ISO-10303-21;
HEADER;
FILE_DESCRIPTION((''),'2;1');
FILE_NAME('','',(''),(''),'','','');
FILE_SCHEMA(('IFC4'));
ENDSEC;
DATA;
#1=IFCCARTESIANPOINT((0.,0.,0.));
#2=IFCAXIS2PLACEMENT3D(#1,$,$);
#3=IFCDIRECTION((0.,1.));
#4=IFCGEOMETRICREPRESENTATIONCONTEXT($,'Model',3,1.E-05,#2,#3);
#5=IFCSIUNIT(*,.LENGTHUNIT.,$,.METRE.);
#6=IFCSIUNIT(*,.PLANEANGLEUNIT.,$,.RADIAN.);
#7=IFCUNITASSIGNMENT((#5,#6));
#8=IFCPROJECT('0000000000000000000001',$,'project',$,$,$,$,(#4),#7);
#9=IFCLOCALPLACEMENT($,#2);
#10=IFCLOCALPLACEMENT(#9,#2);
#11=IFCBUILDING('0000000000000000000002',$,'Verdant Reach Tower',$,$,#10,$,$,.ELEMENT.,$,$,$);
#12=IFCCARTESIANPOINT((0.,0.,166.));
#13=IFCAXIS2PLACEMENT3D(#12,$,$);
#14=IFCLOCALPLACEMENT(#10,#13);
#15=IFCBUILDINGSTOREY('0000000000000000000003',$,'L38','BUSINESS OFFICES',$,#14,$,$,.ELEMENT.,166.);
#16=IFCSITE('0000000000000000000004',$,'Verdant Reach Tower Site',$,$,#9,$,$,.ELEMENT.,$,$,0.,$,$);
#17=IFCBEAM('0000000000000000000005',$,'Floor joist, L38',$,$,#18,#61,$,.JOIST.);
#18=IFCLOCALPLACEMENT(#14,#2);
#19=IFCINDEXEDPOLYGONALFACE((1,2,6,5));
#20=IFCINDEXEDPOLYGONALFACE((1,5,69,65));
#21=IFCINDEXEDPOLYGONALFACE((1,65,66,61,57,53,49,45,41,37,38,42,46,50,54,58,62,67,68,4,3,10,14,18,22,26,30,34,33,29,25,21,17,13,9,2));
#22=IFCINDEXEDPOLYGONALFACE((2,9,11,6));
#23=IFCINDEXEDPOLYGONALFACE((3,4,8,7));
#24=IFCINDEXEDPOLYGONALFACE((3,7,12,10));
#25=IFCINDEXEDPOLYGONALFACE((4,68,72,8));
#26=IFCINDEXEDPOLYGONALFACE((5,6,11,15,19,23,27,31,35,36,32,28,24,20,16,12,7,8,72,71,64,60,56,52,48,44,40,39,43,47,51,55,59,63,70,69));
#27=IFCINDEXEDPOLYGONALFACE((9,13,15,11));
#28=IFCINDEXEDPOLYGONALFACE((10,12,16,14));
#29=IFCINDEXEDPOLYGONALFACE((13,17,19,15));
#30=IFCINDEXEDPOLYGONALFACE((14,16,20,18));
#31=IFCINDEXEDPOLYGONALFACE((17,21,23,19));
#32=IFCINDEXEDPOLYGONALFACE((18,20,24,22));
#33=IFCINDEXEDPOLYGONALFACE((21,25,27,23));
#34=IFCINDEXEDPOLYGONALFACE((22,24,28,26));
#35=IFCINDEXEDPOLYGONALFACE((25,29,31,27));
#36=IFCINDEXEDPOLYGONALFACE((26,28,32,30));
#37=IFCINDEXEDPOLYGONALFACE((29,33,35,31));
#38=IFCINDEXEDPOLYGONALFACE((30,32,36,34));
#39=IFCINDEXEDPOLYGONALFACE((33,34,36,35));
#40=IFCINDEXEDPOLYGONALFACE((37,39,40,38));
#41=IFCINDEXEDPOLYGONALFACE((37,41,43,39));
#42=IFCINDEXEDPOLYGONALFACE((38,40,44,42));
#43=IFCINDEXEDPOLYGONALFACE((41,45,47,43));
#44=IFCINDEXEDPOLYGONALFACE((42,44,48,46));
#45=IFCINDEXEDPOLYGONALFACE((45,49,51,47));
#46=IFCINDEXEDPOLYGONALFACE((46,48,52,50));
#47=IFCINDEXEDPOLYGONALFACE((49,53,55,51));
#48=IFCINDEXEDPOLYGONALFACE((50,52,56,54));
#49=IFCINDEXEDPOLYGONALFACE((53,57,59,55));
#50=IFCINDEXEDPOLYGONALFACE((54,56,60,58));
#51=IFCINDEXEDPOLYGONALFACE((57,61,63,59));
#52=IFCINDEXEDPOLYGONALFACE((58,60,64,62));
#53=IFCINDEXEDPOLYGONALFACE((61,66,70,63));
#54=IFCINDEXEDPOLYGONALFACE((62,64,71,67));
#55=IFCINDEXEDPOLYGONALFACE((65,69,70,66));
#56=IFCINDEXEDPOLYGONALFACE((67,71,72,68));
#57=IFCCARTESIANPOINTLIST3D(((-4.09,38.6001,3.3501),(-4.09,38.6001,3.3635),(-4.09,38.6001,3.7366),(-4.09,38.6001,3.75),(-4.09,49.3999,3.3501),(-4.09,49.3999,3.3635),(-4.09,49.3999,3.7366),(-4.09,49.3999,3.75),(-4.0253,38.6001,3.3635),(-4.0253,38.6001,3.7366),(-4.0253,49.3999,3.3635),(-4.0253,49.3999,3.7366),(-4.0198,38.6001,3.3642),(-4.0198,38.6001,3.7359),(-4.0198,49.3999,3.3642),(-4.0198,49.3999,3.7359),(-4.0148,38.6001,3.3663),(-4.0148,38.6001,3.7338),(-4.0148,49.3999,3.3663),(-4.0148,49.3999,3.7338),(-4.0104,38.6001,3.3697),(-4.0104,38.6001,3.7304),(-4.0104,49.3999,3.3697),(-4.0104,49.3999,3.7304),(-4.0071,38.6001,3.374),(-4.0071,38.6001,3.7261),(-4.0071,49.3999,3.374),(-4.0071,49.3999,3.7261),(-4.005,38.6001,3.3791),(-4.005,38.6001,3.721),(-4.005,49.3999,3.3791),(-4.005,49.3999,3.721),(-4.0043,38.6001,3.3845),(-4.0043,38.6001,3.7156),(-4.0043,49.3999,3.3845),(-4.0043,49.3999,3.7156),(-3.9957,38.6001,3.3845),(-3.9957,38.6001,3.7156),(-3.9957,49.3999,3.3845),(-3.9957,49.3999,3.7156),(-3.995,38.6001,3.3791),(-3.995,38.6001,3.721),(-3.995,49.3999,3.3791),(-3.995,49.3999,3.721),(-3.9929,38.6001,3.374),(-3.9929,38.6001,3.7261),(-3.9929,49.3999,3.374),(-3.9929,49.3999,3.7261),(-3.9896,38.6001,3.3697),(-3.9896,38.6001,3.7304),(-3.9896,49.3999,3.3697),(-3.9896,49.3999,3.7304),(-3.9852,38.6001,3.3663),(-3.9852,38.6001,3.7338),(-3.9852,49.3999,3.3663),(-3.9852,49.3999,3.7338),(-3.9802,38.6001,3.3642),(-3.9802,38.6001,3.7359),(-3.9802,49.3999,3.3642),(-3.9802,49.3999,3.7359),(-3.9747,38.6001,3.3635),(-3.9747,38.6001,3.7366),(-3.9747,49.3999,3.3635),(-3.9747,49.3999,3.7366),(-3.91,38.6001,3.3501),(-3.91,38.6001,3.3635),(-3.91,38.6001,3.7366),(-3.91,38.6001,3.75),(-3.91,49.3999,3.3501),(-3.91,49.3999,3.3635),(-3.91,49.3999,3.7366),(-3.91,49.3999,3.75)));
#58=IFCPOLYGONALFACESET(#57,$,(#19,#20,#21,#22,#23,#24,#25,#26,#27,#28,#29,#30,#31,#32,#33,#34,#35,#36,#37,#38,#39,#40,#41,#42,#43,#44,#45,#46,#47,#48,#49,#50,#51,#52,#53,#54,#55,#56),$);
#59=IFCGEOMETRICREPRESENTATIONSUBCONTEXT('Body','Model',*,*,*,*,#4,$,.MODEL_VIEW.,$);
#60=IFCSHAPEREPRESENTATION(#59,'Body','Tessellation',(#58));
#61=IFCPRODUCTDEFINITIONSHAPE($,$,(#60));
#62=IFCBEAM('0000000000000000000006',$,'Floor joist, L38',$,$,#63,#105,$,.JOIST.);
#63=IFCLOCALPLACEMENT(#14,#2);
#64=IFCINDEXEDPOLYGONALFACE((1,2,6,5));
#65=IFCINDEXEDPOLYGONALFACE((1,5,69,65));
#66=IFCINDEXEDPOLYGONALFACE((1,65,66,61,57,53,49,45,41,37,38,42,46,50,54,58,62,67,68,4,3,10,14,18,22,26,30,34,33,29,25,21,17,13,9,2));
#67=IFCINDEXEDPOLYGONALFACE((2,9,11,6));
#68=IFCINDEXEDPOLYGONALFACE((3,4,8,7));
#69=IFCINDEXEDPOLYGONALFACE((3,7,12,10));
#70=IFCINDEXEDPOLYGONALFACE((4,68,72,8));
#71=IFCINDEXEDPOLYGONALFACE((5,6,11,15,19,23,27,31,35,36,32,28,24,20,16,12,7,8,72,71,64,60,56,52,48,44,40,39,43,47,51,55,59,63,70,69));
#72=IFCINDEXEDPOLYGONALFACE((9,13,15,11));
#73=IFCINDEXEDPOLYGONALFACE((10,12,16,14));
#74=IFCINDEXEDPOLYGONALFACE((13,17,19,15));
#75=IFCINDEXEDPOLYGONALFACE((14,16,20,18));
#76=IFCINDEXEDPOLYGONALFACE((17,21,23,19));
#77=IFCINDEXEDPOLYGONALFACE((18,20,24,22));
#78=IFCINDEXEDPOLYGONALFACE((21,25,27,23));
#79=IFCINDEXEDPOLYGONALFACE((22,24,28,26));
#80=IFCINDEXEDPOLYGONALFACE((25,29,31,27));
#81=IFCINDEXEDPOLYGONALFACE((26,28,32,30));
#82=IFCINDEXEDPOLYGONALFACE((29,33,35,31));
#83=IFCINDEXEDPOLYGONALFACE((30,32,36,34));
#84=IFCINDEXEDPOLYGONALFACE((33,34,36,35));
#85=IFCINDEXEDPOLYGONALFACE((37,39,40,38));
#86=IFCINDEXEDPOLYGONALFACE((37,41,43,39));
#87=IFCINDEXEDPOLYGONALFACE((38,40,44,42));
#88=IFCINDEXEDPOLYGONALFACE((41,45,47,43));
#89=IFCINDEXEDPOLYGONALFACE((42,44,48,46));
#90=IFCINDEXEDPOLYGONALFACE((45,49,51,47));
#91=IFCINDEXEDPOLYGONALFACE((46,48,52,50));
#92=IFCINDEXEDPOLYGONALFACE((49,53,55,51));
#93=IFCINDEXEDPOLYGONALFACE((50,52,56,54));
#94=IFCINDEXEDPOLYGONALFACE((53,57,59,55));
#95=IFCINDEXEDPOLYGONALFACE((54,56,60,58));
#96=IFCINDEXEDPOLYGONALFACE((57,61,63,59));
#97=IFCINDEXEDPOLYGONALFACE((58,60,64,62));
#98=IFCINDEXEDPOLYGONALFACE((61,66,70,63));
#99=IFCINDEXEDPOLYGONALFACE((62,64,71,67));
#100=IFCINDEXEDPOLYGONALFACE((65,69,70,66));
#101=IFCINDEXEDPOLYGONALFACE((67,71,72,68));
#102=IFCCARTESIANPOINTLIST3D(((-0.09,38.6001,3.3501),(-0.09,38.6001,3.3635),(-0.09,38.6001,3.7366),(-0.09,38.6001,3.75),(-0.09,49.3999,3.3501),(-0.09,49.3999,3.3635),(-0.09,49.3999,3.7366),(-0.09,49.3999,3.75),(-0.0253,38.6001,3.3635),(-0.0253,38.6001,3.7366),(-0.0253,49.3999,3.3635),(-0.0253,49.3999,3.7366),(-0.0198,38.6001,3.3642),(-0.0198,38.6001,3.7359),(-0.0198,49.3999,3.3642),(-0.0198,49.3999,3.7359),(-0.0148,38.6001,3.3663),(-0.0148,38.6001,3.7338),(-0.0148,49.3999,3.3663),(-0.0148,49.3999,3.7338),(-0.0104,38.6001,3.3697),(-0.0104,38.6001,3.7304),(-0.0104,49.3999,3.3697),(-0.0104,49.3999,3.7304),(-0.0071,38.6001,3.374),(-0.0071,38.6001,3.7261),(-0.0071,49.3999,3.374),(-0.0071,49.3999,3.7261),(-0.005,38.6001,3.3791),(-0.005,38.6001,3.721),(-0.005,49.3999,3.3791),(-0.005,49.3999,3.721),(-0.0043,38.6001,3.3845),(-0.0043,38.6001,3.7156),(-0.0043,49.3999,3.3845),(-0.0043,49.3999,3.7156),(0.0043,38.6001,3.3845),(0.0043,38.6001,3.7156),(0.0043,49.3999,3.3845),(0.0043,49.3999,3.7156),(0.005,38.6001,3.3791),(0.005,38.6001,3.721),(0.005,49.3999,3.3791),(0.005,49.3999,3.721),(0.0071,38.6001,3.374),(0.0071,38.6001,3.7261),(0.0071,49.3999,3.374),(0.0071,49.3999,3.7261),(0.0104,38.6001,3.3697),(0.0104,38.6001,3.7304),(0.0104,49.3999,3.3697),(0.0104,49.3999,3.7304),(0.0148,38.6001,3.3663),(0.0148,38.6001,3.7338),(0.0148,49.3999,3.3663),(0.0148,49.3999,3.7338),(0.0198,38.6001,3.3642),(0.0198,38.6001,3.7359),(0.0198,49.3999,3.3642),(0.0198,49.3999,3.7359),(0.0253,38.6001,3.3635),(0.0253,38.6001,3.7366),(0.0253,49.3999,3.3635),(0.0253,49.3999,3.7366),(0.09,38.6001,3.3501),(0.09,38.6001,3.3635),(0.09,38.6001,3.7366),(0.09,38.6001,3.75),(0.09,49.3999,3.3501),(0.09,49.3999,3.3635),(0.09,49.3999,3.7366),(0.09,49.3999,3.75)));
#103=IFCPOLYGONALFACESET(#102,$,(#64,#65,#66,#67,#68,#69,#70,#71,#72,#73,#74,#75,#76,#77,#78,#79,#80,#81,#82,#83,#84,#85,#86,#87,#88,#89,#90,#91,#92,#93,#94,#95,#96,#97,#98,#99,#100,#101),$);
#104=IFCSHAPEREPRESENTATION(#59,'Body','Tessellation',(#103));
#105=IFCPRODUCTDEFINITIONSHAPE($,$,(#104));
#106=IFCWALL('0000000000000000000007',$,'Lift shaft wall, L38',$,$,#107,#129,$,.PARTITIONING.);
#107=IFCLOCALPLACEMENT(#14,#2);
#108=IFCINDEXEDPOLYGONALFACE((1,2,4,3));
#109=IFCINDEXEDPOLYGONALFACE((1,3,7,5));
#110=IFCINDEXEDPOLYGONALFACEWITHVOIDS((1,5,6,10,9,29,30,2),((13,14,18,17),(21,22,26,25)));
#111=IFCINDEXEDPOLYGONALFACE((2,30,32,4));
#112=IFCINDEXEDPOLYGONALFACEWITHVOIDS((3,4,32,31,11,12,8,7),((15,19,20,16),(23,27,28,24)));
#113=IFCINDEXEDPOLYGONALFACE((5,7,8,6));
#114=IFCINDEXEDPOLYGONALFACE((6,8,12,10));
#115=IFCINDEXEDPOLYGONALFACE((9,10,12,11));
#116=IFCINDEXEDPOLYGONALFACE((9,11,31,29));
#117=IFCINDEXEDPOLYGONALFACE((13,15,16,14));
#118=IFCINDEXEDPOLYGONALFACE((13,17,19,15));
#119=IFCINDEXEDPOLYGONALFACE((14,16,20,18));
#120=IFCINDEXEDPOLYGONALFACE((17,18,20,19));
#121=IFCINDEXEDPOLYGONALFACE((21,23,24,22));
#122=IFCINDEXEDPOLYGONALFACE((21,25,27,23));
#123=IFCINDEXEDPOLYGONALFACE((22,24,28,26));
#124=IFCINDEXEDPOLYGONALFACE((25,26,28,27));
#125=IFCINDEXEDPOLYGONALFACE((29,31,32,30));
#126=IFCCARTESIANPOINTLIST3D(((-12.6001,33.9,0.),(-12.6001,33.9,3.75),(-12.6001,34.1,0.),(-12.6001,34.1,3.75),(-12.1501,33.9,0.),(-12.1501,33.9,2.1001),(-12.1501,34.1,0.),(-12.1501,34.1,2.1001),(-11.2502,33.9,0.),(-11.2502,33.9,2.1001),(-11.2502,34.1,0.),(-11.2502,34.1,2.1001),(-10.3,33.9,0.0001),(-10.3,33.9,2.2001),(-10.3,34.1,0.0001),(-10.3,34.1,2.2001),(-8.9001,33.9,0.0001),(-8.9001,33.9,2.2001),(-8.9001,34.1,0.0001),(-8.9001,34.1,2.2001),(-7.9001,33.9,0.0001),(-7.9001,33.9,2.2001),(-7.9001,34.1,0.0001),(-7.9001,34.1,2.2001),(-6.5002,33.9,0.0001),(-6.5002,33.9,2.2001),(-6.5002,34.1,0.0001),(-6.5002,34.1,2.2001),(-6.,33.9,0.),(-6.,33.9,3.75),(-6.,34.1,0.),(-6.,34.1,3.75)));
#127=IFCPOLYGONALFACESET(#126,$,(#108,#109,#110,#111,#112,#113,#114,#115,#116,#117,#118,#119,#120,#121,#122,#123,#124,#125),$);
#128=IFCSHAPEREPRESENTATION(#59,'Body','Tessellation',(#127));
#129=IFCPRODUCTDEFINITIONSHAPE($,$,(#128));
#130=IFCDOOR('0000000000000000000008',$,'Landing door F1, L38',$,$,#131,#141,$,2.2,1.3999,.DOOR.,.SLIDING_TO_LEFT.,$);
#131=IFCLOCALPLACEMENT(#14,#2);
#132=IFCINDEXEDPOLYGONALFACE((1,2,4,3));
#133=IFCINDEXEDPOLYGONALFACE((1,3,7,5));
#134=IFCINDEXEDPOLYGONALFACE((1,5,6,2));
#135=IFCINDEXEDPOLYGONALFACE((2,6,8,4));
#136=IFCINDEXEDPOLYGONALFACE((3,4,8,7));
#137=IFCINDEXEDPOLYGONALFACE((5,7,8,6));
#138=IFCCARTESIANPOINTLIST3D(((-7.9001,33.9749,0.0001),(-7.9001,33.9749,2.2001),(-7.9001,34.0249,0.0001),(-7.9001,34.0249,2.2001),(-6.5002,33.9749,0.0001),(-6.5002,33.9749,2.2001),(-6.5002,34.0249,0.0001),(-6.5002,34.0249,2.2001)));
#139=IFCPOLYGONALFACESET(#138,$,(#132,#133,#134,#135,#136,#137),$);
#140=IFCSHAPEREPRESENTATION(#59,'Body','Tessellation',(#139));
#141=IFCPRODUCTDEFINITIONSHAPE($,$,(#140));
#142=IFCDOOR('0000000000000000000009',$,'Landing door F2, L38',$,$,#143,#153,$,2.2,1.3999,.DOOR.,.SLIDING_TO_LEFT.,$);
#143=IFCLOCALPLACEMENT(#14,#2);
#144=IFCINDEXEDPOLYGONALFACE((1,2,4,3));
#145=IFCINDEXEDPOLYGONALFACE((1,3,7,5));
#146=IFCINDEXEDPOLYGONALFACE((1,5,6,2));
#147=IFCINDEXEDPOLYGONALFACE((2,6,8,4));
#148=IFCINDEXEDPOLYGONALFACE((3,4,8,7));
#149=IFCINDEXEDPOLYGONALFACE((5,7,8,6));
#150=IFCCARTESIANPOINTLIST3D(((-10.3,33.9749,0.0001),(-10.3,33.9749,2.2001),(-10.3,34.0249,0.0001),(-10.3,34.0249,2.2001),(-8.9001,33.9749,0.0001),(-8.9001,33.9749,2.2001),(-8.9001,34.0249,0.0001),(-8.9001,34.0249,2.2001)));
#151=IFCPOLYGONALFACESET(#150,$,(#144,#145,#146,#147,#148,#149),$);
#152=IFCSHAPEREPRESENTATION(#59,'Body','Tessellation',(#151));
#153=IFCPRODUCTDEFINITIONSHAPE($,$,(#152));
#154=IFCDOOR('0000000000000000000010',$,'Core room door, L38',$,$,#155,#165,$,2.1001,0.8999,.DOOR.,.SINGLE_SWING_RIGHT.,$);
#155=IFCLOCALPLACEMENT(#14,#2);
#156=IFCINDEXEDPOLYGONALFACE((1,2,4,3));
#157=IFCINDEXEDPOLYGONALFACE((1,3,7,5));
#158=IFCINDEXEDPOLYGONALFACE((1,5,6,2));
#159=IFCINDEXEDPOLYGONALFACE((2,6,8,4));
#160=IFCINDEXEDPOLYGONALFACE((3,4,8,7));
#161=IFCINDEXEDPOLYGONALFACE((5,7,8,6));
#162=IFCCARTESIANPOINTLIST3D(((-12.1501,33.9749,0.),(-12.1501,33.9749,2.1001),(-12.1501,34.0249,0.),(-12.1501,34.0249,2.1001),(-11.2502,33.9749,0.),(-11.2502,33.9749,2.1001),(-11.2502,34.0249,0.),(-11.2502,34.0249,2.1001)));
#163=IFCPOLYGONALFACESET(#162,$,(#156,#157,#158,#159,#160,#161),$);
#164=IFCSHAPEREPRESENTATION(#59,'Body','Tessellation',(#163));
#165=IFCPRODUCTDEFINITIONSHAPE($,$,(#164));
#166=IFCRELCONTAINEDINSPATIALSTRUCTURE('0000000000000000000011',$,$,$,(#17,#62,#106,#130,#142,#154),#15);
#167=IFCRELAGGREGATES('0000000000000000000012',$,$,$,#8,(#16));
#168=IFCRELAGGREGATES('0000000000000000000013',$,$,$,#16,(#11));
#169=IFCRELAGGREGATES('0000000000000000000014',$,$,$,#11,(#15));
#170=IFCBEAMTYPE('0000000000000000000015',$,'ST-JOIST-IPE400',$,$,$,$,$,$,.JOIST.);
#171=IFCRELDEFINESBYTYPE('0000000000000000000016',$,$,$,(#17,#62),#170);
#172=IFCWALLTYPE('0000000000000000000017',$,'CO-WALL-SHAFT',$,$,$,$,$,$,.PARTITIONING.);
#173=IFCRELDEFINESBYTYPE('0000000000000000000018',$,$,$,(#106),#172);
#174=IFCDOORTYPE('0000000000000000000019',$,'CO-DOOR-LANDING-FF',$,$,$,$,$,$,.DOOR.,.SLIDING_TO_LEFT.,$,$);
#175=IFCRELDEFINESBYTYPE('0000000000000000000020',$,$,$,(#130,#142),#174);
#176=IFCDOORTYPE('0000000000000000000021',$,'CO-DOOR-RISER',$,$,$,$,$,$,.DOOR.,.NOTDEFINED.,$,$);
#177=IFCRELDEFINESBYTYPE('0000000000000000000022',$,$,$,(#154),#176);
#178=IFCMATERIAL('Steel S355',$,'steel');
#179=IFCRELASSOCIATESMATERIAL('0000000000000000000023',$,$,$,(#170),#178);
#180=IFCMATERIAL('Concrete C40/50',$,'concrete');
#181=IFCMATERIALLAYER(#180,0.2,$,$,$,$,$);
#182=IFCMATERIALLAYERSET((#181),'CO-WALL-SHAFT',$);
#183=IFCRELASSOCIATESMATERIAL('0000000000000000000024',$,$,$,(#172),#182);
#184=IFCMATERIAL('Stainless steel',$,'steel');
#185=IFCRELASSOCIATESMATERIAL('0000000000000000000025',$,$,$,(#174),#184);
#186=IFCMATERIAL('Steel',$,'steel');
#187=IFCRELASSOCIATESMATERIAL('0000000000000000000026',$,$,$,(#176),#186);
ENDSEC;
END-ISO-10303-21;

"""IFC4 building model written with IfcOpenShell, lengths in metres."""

from ifc_helpers import new_model, si_unit, direction, frame, frame_2d, origin, origin_2d, place, context, subcontext, project, spatial, rectangle, i_section, extrude, material, layer, layer_set, material_profile, profile_set, type_object, element, fill, save


model = new_model("IFC4")

# Units and contexts
model_context = context("Model", 3, precision=1e-05, world=origin(), true_north=direction((0.0, 1.0)))
body_context = subcontext(model_context, "Body", "Model", "MODEL_VIEW")
ifc_project = project(units=[si_unit("LENGTHUNIT", "METRE"), si_unit("PLANEANGLEUNIT", "RADIAN")], contexts=[model_context])

# Site, building, storey
site_placement = place(None, origin())
site = spatial("IfcSite", under=ifc_project, at=site_placement, Name="Verdant Reach Tower Site", CompositionType="ELEMENT", RefElevation=0.0)
building_placement = place(site_placement, origin())
building = spatial("IfcBuilding", under=site, at=building_placement, Name="Verdant Reach Tower", CompositionType="ELEMENT")
storey_placement = place(building_placement, frame((0.0, 0.0, 166.0)))
storey = spatial("IfcBuildingStorey", under=building, at=storey_placement, Name="L38", Description="BUSINESS OFFICES", CompositionType="ELEMENT", Elevation=166.0)

# Beams
ifc_material_1 = material(Name="Steel S355", Category="steel")
ifc_material_profile_1 = material_profile(ifc_material_1, i_section(OverallWidth=0.1799, OverallDepth=0.3999, WebThickness=0.0085, FlangeThickness=0.0134, FilletRadius=0.021, at=origin_2d()), Name="IPE 400")
ifc_profile_set_1 = profile_set([ifc_material_profile_1], Name="Steel S355")
beam_type_1 = type_object("IfcBeamType", Name="ST-JOIST-IPE400", PredefinedType="JOIST", material=ifc_profile_set_1)
for number, where, z_axis, x_axis, name in (
    (1, (-4.0, 38.6001, 3.55), (0.0, 1.0, 0.0), (-1.0, 0.0, 0.0), "Floor joist, L38"),
    (2, (0.0, 38.6001, 3.55), (0.0, 1.0, 0.0), (-1.0, 0.0, 0.0), "Floor joist, L38"),
):
    element("IfcBeam", number, at=place(storey_placement, frame(where, z_axis=z_axis, x_axis=x_axis)), inside=storey, type_object=beam_type_1, Name=name, PredefinedType="JOIST", context=body_context, shape_type="SweptSolid", body=[
        extrude(i_section(OverallWidth=0.1799, OverallDepth=0.3999, WebThickness=0.0085, FlangeThickness=0.0134, FilletRadius=0.021, at=origin_2d()), origin(), (0.0, 0.0, 1.0), 10.7998),
    ])

# Wall, openings, doors
ifc_material_2 = material(Name="Concrete C40/50", Category="concrete")
ifc_layer_1 = layer(ifc_material_2, 0.2)
ifc_layer_set_1 = layer_set([ifc_layer_1], Name="CO-WALL-SHAFT")
wall_type_1 = type_object("IfcWallType", Name="CO-WALL-SHAFT", PredefinedType="PARTITIONING", material=ifc_layer_set_1)
wall_1_placement = place(storey_placement, frame((-12.6001, 34.0, 0.0), z_axis=(0.0, 0.0, 1.0), x_axis=(1.0, 0.0, 0.0)))
wall_1 = element("IfcWall", 3, at=wall_1_placement, inside=storey, type_object=wall_type_1, Name="Lift shaft wall, L38", PredefinedType="PARTITIONING", context=body_context, shape_type="SweptSolid", body=[
    extrude(rectangle(XDim=6.6001, YDim=0.2, at=frame_2d((3.3, 0.0))), origin(), (0.0, 0.0, 1.0), 3.75),
])
opening_1_placement = place(wall_1_placement, frame((4.7, 0.0, 0.0)))
opening_1 = element("IfcOpeningElement", 4, at=opening_1_placement, cuts=wall_1, PredefinedType="OPENING", context=body_context, shape_type="SweptSolid", body=[
    extrude(rectangle(XDim=1.3999, YDim=2.2, at=frame_2d((0.7, 1.1001))), frame((0.0, 0.1099, 0.0), z_axis=(0.0, -1.0, 0.0), x_axis=(1.0, 0.0, 0.0)), (0.0, 0.0, 1.0), 0.22),
])
opening_2_placement = place(wall_1_placement, frame((2.3, 0.0, 0.0)))
opening_2 = element("IfcOpeningElement", 5, at=opening_2_placement, cuts=wall_1, PredefinedType="OPENING", context=body_context, shape_type="SweptSolid", body=[
    extrude(rectangle(XDim=1.3999, YDim=2.2, at=frame_2d((0.7, 1.1001))), frame((0.0, 0.1099, 0.0), z_axis=(0.0, -1.0, 0.0), x_axis=(1.0, 0.0, 0.0)), (0.0, 0.0, 1.0), 0.22),
])
opening_3_placement = place(wall_1_placement, frame((0.45, 0.0, 0.0)))
opening_3 = element("IfcOpeningElement", 6, at=opening_3_placement, cuts=wall_1, PredefinedType="OPENING", context=body_context, shape_type="SweptSolid", body=[
    extrude(rectangle(XDim=0.8999, YDim=2.1001, at=frame_2d((0.45, 1.05))), frame((0.0, 0.1099, 0.0), z_axis=(0.0, -1.0, 0.0), x_axis=(1.0, 0.0, 0.0)), (0.0, 0.0, 1.0), 0.22),
])
ifc_material_3 = material(Name="Stainless steel", Category="steel")
door_type_1 = type_object("IfcDoorType", Name="CO-DOOR-LANDING-FF", OperationType="SLIDING_TO_LEFT", PredefinedType="DOOR", material=ifc_material_3)
door_1_placement = place(opening_1_placement, origin())
door_1 = element("IfcDoor", 7, at=door_1_placement, inside=storey, type_object=door_type_1, Name="Landing door F1, L38", OperationType="SLIDING_TO_LEFT", OverallHeight=2.2, OverallWidth=1.3999, PredefinedType="DOOR", context=body_context, shape_type="SweptSolid", body=[
    extrude(rectangle(XDim=1.3999, YDim=2.2, at=frame_2d((0.7, 1.1001))), frame((0.0, 0.0249, 0.0), z_axis=(0.0, -1.0, 0.0), x_axis=(1.0, 0.0, 0.0)), (0.0, 0.0, 1.0), 0.05),
])
fill(opening_1, door_1)
door_2_placement = place(opening_2_placement, origin())
door_2 = element("IfcDoor", 8, at=door_2_placement, inside=storey, type_object=door_type_1, Name="Landing door F2, L38", OperationType="SLIDING_TO_LEFT", OverallHeight=2.2, OverallWidth=1.3999, PredefinedType="DOOR", context=body_context, shape_type="SweptSolid", body=[
    extrude(rectangle(XDim=1.3999, YDim=2.2, at=frame_2d((0.7, 1.1001))), frame((0.0, 0.0249, 0.0), z_axis=(0.0, -1.0, 0.0), x_axis=(1.0, 0.0, 0.0)), (0.0, 0.0, 1.0), 0.05),
])
fill(opening_2, door_2)
ifc_material_4 = material(Name="Steel", Category="steel")
door_type_2 = type_object("IfcDoorType", Name="CO-DOOR-RISER", OperationType="NOTDEFINED", PredefinedType="DOOR", material=ifc_material_4)
door_3_placement = place(opening_3_placement, origin())
door_3 = element("IfcDoor", 9, at=door_3_placement, inside=storey, type_object=door_type_2, Name="Core room door, L38", OperationType="SINGLE_SWING_RIGHT", OverallHeight=2.1001, OverallWidth=0.8999, PredefinedType="DOOR", context=body_context, shape_type="SweptSolid", body=[
    extrude(rectangle(XDim=0.8999, YDim=2.1001, at=frame_2d((0.45, 1.05))), frame((0.0, 0.0249, 0.0), z_axis=(0.0, -1.0, 0.0), x_axis=(1.0, 0.0, 0.0)), (0.0, 0.0, 1.0), 0.05),
])
fill(opening_3, door_3)

save(model, "model.ifc")
